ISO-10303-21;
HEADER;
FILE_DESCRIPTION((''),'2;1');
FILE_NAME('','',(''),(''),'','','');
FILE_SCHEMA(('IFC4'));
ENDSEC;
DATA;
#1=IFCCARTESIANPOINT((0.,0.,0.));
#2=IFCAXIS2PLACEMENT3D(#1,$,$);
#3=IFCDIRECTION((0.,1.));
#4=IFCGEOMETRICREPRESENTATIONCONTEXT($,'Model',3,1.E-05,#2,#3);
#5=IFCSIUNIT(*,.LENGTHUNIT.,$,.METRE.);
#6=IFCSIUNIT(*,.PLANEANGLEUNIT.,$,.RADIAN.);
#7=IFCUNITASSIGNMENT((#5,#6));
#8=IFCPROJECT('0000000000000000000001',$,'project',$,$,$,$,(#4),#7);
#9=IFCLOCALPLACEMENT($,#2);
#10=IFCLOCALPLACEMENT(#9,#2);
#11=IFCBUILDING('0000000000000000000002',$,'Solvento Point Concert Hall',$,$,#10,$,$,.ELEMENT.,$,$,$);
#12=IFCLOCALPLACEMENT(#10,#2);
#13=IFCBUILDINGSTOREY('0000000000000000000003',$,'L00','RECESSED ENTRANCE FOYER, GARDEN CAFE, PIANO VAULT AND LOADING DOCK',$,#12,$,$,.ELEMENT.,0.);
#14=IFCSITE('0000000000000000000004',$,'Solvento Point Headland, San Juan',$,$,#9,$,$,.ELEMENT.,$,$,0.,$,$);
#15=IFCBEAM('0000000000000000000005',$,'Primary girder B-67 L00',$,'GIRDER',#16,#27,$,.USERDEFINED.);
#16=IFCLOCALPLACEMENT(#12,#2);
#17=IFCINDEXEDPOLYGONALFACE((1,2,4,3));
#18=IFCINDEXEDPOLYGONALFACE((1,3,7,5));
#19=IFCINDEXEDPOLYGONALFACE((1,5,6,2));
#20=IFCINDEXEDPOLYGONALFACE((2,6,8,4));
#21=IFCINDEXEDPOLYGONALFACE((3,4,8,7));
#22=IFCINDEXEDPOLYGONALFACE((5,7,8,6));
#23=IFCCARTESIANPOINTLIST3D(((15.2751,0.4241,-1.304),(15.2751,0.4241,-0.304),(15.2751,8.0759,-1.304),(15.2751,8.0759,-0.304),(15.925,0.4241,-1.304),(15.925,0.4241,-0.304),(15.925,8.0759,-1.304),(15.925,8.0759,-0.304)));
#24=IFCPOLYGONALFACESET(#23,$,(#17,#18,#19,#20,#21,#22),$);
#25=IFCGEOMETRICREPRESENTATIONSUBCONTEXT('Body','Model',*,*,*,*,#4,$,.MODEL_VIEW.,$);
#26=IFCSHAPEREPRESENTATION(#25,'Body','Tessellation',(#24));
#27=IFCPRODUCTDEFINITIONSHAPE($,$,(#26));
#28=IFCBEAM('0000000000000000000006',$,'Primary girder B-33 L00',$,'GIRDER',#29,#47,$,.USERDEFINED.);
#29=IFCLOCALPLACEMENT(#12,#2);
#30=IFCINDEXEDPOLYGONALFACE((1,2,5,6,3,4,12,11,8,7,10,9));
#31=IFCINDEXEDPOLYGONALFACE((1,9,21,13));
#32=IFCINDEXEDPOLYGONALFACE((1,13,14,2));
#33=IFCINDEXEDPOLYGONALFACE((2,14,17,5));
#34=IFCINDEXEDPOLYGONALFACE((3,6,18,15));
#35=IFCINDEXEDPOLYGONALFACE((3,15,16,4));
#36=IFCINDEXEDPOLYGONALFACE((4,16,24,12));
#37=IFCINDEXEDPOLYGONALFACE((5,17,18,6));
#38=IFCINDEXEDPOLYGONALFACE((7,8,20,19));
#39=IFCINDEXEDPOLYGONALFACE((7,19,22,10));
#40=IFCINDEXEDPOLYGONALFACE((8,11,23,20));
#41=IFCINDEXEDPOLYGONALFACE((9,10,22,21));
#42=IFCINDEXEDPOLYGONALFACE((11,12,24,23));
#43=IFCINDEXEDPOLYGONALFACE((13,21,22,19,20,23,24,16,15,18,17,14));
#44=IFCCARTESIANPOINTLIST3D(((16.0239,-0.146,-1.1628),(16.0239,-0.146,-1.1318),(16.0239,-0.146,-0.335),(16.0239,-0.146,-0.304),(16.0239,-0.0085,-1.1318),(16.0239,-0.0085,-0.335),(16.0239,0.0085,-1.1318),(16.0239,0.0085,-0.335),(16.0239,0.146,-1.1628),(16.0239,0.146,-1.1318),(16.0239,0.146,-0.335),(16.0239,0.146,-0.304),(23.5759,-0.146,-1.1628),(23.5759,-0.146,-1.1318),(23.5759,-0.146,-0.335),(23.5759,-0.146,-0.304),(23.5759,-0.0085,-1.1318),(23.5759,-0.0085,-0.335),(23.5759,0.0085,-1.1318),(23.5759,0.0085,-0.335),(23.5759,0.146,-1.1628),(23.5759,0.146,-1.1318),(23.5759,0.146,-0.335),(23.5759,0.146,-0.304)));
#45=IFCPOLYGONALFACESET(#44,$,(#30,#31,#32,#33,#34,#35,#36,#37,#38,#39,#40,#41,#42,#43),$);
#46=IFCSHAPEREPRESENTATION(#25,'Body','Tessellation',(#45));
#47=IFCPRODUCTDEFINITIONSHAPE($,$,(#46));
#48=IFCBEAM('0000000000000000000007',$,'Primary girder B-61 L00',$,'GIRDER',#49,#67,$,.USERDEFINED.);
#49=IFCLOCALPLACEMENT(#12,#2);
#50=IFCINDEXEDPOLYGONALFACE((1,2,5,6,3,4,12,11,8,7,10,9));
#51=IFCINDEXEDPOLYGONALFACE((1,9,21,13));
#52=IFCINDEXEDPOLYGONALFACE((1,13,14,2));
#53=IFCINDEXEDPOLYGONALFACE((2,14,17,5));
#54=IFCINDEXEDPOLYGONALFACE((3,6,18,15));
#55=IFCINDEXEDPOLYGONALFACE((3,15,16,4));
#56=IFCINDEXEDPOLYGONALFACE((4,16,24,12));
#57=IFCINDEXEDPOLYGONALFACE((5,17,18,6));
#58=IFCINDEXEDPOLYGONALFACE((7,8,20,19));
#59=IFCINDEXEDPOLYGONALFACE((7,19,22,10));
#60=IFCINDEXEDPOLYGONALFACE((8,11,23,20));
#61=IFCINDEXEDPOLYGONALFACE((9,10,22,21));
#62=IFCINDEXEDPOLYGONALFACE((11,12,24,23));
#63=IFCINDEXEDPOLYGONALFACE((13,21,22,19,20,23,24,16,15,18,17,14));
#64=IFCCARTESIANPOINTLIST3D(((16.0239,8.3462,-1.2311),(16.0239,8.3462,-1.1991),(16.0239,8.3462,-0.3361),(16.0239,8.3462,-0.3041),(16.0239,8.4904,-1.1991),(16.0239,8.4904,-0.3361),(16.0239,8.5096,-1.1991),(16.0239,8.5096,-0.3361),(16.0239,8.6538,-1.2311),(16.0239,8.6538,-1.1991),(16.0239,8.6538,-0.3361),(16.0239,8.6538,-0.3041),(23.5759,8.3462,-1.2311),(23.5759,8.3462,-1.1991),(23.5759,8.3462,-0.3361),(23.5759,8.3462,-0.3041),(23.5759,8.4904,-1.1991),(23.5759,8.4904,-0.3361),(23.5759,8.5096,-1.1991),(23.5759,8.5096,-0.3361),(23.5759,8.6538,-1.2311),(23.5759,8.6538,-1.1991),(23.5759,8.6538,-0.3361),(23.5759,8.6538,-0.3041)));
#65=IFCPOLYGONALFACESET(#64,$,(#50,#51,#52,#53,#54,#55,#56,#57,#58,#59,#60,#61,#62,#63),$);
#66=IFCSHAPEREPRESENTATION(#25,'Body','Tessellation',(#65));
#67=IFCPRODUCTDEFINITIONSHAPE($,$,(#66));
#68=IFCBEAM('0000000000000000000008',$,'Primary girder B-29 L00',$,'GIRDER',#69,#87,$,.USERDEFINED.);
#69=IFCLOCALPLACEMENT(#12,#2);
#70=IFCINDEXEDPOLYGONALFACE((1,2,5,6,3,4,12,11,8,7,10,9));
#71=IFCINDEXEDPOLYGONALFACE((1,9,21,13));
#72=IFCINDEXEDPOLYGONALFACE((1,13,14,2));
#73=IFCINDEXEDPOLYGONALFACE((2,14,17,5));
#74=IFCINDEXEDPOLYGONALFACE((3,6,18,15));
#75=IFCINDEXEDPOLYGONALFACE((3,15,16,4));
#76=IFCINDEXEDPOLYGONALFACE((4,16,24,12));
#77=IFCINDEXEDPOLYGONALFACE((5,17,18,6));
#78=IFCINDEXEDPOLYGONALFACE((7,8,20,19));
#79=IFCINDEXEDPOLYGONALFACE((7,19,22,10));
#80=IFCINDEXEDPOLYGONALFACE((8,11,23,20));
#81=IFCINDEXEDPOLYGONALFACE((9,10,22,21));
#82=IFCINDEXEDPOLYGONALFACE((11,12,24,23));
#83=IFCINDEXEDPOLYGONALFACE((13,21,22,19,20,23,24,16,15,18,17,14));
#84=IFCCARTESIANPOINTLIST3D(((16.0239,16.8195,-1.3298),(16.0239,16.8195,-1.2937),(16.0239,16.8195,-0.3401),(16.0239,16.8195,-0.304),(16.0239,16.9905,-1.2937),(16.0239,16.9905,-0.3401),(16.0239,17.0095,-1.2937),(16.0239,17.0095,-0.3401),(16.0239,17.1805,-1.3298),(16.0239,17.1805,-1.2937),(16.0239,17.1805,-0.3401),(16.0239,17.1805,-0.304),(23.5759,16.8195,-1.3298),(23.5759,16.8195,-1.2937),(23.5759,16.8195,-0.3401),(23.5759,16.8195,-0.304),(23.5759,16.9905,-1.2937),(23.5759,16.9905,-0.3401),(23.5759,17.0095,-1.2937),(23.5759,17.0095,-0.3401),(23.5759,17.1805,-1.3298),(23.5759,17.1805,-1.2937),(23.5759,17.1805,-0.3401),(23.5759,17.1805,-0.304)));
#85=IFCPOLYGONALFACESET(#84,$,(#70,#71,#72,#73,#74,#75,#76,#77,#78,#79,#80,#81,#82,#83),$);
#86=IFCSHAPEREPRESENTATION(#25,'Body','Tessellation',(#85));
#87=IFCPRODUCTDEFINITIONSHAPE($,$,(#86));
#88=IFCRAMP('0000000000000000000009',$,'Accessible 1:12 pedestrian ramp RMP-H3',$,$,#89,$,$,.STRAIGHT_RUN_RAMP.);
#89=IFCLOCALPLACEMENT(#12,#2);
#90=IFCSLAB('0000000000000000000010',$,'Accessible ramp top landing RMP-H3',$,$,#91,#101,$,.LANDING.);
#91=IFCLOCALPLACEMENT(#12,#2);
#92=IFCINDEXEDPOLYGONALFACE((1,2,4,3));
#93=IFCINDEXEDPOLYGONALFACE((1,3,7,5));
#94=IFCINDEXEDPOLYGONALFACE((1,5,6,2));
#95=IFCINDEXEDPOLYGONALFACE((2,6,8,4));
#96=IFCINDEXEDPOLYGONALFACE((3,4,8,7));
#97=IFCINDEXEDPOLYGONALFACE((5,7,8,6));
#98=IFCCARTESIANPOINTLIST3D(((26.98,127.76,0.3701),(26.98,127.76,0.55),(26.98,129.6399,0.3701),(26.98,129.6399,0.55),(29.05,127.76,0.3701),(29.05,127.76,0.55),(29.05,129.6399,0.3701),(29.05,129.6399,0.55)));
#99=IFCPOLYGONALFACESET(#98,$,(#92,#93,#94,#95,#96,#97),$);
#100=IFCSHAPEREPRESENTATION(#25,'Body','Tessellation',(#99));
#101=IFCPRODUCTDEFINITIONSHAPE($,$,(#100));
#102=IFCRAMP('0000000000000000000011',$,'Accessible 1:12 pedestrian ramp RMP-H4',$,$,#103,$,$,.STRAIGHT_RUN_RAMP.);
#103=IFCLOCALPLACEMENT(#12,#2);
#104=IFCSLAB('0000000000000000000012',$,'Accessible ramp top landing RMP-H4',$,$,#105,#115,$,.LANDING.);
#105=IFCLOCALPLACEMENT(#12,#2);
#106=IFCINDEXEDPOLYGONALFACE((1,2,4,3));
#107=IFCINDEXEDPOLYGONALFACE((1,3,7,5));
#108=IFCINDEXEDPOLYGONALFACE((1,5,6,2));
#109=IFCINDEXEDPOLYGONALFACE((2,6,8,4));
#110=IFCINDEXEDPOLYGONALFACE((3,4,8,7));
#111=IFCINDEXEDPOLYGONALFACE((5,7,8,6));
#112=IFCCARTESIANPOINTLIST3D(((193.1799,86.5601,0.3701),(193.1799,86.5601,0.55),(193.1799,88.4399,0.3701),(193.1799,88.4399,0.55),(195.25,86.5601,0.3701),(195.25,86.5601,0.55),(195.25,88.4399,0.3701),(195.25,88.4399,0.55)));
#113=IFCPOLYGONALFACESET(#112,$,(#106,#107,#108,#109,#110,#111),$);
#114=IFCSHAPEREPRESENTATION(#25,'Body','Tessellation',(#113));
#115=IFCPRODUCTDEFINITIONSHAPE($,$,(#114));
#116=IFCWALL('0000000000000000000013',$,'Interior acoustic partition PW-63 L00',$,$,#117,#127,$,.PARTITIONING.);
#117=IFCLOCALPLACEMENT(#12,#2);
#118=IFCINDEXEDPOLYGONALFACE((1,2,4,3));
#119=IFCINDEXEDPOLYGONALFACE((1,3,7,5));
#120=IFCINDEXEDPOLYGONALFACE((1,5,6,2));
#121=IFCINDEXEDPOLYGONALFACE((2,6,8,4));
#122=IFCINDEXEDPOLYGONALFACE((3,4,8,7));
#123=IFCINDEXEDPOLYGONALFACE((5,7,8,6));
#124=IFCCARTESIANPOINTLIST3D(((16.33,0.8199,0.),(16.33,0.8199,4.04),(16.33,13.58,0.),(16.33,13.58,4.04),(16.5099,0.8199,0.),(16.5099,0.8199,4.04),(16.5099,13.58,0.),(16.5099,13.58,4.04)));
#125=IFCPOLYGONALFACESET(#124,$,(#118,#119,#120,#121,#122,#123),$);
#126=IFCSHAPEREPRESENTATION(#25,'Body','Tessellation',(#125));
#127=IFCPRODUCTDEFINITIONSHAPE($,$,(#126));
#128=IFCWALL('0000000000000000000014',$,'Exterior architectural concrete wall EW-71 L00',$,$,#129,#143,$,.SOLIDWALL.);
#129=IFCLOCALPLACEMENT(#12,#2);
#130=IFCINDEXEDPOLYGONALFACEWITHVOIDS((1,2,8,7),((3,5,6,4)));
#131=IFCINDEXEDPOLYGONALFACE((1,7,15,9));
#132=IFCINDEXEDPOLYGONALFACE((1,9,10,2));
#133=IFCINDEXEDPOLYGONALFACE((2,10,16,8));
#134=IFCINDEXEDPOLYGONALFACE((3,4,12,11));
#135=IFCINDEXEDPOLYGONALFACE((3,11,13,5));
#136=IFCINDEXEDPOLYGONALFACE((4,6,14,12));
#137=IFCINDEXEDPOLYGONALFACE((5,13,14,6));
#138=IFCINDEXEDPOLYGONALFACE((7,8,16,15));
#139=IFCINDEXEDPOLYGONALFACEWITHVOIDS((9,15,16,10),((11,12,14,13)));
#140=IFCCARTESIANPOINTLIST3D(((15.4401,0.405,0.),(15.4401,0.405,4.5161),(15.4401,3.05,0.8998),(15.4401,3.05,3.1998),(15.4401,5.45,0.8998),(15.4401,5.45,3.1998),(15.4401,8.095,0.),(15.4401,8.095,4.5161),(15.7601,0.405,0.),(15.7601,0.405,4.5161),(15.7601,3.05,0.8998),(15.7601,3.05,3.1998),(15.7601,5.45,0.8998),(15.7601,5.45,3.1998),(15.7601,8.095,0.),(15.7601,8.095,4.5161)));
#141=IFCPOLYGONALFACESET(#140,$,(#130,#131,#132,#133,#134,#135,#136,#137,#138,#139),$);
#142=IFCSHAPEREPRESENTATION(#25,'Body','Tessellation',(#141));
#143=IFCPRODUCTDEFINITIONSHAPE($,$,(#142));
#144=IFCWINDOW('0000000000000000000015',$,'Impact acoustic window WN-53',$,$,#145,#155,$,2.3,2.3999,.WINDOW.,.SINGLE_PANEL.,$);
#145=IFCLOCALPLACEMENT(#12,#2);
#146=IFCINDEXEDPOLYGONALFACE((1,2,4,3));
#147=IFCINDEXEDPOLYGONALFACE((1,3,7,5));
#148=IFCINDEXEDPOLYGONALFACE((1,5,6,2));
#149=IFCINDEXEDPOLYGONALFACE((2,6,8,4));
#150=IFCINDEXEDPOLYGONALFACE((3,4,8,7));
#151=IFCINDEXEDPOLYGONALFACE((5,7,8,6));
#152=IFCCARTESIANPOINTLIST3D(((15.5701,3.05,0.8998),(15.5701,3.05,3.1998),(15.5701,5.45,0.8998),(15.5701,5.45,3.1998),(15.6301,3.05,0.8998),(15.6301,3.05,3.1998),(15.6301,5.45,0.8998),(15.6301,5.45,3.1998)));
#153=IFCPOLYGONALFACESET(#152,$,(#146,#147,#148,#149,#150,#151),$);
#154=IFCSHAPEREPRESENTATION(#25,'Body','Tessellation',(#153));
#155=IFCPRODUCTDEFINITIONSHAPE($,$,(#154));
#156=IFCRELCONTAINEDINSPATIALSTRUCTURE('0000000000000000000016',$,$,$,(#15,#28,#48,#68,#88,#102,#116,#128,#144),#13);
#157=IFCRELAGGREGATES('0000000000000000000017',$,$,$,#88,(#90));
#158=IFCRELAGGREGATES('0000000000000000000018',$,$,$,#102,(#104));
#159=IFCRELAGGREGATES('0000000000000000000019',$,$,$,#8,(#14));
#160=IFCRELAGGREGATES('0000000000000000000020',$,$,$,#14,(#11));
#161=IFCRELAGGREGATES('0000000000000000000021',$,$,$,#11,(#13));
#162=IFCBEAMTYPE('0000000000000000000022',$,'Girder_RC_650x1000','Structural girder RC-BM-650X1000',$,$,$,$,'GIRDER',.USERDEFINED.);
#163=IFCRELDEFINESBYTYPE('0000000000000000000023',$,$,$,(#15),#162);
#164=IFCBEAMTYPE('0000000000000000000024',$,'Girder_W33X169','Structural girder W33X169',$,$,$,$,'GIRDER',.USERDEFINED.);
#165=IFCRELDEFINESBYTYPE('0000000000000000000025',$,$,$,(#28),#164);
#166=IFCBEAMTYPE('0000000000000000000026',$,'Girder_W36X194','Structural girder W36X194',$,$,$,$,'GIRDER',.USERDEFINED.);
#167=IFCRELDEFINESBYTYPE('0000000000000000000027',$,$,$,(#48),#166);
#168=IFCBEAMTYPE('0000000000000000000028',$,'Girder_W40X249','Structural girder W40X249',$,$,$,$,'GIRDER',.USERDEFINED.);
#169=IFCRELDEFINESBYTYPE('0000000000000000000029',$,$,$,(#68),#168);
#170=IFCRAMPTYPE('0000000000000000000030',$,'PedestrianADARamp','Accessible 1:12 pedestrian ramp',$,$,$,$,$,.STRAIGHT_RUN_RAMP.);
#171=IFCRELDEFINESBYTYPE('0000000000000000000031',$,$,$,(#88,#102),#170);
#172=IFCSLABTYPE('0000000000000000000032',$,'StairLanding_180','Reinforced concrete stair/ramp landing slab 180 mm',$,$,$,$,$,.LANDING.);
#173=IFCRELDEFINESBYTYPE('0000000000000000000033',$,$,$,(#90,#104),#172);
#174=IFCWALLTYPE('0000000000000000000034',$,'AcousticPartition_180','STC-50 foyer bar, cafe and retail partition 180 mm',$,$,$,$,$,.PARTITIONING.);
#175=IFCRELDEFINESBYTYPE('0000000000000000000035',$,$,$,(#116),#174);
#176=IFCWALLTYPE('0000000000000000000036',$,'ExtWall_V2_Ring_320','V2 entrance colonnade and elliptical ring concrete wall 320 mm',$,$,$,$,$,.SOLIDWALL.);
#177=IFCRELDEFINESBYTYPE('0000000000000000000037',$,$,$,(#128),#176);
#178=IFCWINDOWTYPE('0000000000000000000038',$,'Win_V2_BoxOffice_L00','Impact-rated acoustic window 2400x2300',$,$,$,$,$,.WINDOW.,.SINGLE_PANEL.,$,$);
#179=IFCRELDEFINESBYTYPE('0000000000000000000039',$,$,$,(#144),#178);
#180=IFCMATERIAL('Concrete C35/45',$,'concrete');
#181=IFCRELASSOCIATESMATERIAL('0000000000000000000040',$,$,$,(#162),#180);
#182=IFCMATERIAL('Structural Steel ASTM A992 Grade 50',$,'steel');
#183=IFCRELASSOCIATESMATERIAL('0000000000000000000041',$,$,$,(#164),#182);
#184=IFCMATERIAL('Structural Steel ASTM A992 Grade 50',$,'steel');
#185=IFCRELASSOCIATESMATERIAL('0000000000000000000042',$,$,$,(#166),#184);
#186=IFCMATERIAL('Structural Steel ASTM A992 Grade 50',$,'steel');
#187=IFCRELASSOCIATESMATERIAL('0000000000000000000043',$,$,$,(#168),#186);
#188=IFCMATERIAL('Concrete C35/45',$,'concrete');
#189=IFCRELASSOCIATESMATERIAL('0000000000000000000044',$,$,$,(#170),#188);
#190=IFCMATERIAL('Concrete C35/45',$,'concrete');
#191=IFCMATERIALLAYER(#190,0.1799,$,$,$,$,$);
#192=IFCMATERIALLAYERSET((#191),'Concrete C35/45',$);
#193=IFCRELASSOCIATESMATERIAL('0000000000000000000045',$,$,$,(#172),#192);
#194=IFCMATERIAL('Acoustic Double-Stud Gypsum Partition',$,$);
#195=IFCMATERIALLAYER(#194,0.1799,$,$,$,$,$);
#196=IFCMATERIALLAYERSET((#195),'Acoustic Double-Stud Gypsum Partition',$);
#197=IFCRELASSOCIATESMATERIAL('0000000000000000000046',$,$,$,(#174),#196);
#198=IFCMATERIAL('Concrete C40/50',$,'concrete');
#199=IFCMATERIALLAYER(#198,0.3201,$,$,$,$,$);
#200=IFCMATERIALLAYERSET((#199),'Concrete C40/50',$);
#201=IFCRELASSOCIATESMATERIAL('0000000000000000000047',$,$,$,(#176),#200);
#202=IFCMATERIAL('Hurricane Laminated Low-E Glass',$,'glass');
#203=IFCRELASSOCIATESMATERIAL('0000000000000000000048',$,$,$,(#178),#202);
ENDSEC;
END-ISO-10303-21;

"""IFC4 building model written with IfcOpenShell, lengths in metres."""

from ifc_helpers import new_model, si_unit, direction, frame, frame_2d, origin, origin_2d, place, context, subcontext, project, spatial, polyline, rectangle, i_section, outline, extrude, material, layer, layer_set, material_profile, profile_set, type_object, element, fill, aggregate, save


model = new_model("IFC4")

# Units and contexts
model_context = context("Model", 3, precision=1e-05, world=origin(), true_north=direction((0.0, 1.0)))
body_context = subcontext(model_context, "Body", "Model", "MODEL_VIEW")
ifc_project = project(units=[si_unit("LENGTHUNIT", "METRE"), si_unit("PLANEANGLEUNIT", "RADIAN")], contexts=[model_context])

# Site, building, storey
site_placement = place(None, origin())
site = spatial("IfcSite", under=ifc_project, at=site_placement, Name="Solvento Point Headland, San Juan", CompositionType="ELEMENT", RefElevation=0.0)
building_placement = place(site_placement, origin())
building = spatial("IfcBuilding", under=site, at=building_placement, Name="Solvento Point Concert Hall", CompositionType="ELEMENT")
storey_placement = place(building_placement, origin())
storey = spatial("IfcBuildingStorey", under=building, at=storey_placement, Name="L00", Description="RECESSED ENTRANCE FOYER, GARDEN CAFE, PIANO VAULT AND LOADING DOCK", CompositionType="ELEMENT", Elevation=0.0)

# Beams
ifc_material_1 = material(Name="Concrete C35/45", Category="concrete")
ifc_material_profile_1 = material_profile(ifc_material_1, rectangle(XDim=0.6499, YDim=1.0, at=origin_2d()), Name="RC-BM-650X1000")
ifc_profile_set_1 = profile_set([ifc_material_profile_1], Name="Concrete C35/45")
beam_type_1 = type_object("IfcBeamType", Name="Girder_RC_650x1000", Description="Structural girder RC-BM-650X1000", ElementType="GIRDER", PredefinedType="USERDEFINED", material=ifc_profile_set_1)
beam_1_placement = place(storey_placement, frame((15.6001, 0.4241, -0.804), z_axis=(0.0, 1.0, 0.0), x_axis=(-1.0, 0.0, 0.0)))
element("IfcBeam", 1, at=beam_1_placement, inside=storey, type_object=beam_type_1, Name="Primary girder B-67 L00", ObjectType="GIRDER", PredefinedType="USERDEFINED", context=body_context, shape_type="SweptSolid", body=[
    extrude(rectangle(XDim=0.6499, YDim=1.0, at=origin_2d()), origin(), (0.0, 0.0, 1.0), 7.6519),
])
ifc_material_2 = material(Name="Structural Steel ASTM A992 Grade 50", Category="steel")
ifc_material_profile_2 = material_profile(ifc_material_2, i_section(OverallWidth=0.292, OverallDepth=0.8589, WebThickness=0.0171, FlangeThickness=0.031, at=origin_2d()), Name="W33X169")
ifc_profile_set_2 = profile_set([ifc_material_profile_2], Name="Structural Steel ASTM A992 Grade 50")
beam_type_2 = type_object("IfcBeamType", Name="Girder_W33X169", Description="Structural girder W33X169", ElementType="GIRDER", PredefinedType="USERDEFINED", material=ifc_profile_set_2)
beam_2_placement = place(storey_placement, frame((16.0239, 0.0, -0.7334), z_axis=(1.0, 0.0, 0.0), x_axis=(0.0, 1.0, 0.0)))
element("IfcBeam", 2, at=beam_2_placement, inside=storey, type_object=beam_type_2, Name="Primary girder B-33 L00", ObjectType="GIRDER", PredefinedType="USERDEFINED", context=body_context, shape_type="SweptSolid", body=[
    extrude(i_section(OverallWidth=0.292, OverallDepth=0.8589, WebThickness=0.0171, FlangeThickness=0.031, at=origin_2d()), origin(), (0.0, 0.0, 1.0), 7.552),
])
ifc_material_3 = material(Name="Structural Steel ASTM A992 Grade 50", Category="steel")
ifc_material_profile_3 = material_profile(ifc_material_3, i_section(OverallWidth=0.3076, OverallDepth=0.927, WebThickness=0.0193, FlangeThickness=0.032, at=origin_2d()), Name="W36X194")
ifc_profile_set_3 = profile_set([ifc_material_profile_3], Name="Structural Steel ASTM A992 Grade 50")
beam_type_3 = type_object("IfcBeamType", Name="Girder_W36X194", Description="Structural girder W36X194", ElementType="GIRDER", PredefinedType="USERDEFINED", material=ifc_profile_set_3)
beam_3_placement = place(storey_placement, frame((16.0239, 8.5, -0.7676), z_axis=(1.0, 0.0, 0.0), x_axis=(0.0, 1.0, 0.0)))
element("IfcBeam", 3, at=beam_3_placement, inside=storey, type_object=beam_type_3, Name="Primary girder B-61 L00", ObjectType="GIRDER", PredefinedType="USERDEFINED", context=body_context, shape_type="SweptSolid", body=[
    extrude(i_section(OverallWidth=0.3076, OverallDepth=0.927, WebThickness=0.0193, FlangeThickness=0.032, at=origin_2d()), origin(), (0.0, 0.0, 1.0), 7.552),
])
ifc_material_4 = material(Name="Structural Steel ASTM A992 Grade 50", Category="steel")
ifc_material_profile_4 = material_profile(ifc_material_4, i_section(OverallWidth=0.3611, OverallDepth=1.0259, WebThickness=0.019, FlangeThickness=0.0361, at=origin_2d()), Name="W40X249")
ifc_profile_set_4 = profile_set([ifc_material_profile_4], Name="Structural Steel ASTM A992 Grade 50")
beam_type_4 = type_object("IfcBeamType", Name="Girder_W40X249", Description="Structural girder W40X249", ElementType="GIRDER", PredefinedType="USERDEFINED", material=ifc_profile_set_4)
beam_4_placement = place(storey_placement, frame((16.0239, 17.0, -0.8169), z_axis=(1.0, 0.0, 0.0), x_axis=(0.0, 1.0, 0.0)))
element("IfcBeam", 4, at=beam_4_placement, inside=storey, type_object=beam_type_4, Name="Primary girder B-29 L00", ObjectType="GIRDER", PredefinedType="USERDEFINED", context=body_context, shape_type="SweptSolid", body=[
    extrude(i_section(OverallWidth=0.3611, OverallDepth=1.0259, WebThickness=0.019, FlangeThickness=0.0361, at=origin_2d()), origin(), (0.0, 0.0, 1.0), 7.552),
])

# Ramps, slabs
ifc_material_5 = material(Name="Concrete C35/45", Category="concrete")
ramp_type = type_object("IfcRampType", Name="PedestrianADARamp", Description="Accessible 1:12 pedestrian ramp", PredefinedType="STRAIGHT_RUN_RAMP", material=ifc_material_5)
ramp_1_placement = place(storey_placement, origin())
ramp_1 = element("IfcRamp", 5, at=ramp_1_placement, inside=storey, type_object=ramp_type, Name="Accessible 1:12 pedestrian ramp RMP-H3", PredefinedType="STRAIGHT_RUN_RAMP")
ifc_material_6 = material(Name="Concrete C35/45", Category="concrete")
ifc_layer_1 = layer(ifc_material_6, 0.1799)
ifc_layer_set_1 = layer_set([ifc_layer_1], Name="Concrete C35/45")
slab_type = type_object("IfcSlabType", Name="StairLanding_180", Description="Reinforced concrete stair/ramp landing slab 180 mm", PredefinedType="LANDING", material=ifc_layer_set_1)
slab_1_placement = place(storey_placement, frame((0.0, 0.0, 0.3701)))
slab_1 = element("IfcSlab", 6, at=slab_1_placement, type_object=slab_type, Name="Accessible ramp top landing RMP-H3", PredefinedType="LANDING", context=body_context, shape_type="SweptSolid", body=[
    extrude(outline(polyline([(26.98, 127.76), (29.05, 127.76), (29.05, 129.6399), (26.98, 129.6399), (26.98, 127.76)])), origin(), (0.0, 0.0, 1.0), 0.1799),
])
aggregate(ramp_1, [slab_1])
ramp_2_placement = place(storey_placement, origin())
ramp_2 = element("IfcRamp", 7, at=ramp_2_placement, inside=storey, type_object=ramp_type, Name="Accessible 1:12 pedestrian ramp RMP-H4", PredefinedType="STRAIGHT_RUN_RAMP")
slab_2_placement = place(storey_placement, frame((0.0, 0.0, 0.3701)))
slab_2 = element("IfcSlab", 8, at=slab_2_placement, type_object=slab_type, Name="Accessible ramp top landing RMP-H4", PredefinedType="LANDING", context=body_context, shape_type="SweptSolid", body=[
    extrude(outline(polyline([(193.1799, 86.5601), (195.25, 86.5601), (195.25, 88.4399), (193.1799, 88.4399), (193.1799, 86.5601)])), origin(), (0.0, 0.0, 1.0), 0.1799),
])
aggregate(ramp_2, [slab_2])

# Wall
ifc_material_7 = material(Name="Acoustic Double-Stud Gypsum Partition")
ifc_layer_2 = layer(ifc_material_7, 0.1799)
ifc_layer_set_2 = layer_set([ifc_layer_2], Name="Acoustic Double-Stud Gypsum Partition")
wall_type_1 = type_object("IfcWallType", Name="AcousticPartition_180", Description="STC-50 foyer bar, cafe and retail partition 180 mm", PredefinedType="PARTITIONING", material=ifc_layer_set_2)
wall_1_placement = place(storey_placement, frame((16.4199, 0.8201, 0.0), z_axis=(0.0, 0.0, 1.0), x_axis=(0.0, 1.0, 0.0)))
element("IfcWall", 9, at=wall_1_placement, inside=storey, type_object=wall_type_1, Name="Interior acoustic partition PW-63 L00", PredefinedType="PARTITIONING", context=body_context, shape_type="SweptSolid", body=[
    extrude(rectangle(XDim=12.76, YDim=0.1799, at=frame_2d((6.3799, 0.0))), origin(), (0.0, 0.0, 1.0), 4.04),
])

# Wall, opening, window
ifc_material_8 = material(Name="Concrete C40/50", Category="concrete")
ifc_layer_3 = layer(ifc_material_8, 0.3201)
ifc_layer_set_3 = layer_set([ifc_layer_3], Name="Concrete C40/50")
wall_type_2 = type_object("IfcWallType", Name="ExtWall_V2_Ring_320", Description="V2 entrance colonnade and elliptical ring concrete wall 320 mm", PredefinedType="SOLIDWALL", material=ifc_layer_set_3)
wall_2_placement = place(storey_placement, frame((15.6001, 0.405, 0.0), z_axis=(0.0, 0.0, 1.0), x_axis=(0.0, 1.0, 0.0)))
wall_2 = element("IfcWall", 10, at=wall_2_placement, inside=storey, type_object=wall_type_2, Name="Exterior architectural concrete wall EW-71 L00", PredefinedType="SOLIDWALL", context=body_context, shape_type="SweptSolid", body=[
    extrude(rectangle(XDim=7.6899, YDim=0.3201, at=frame_2d((3.845, 0.0))), origin(), (0.0, 0.0, 1.0), 4.5161),
])
opening_1_placement = place(wall_2_placement, frame((2.645, 0.0, 0.8999)))
opening_1 = element("IfcOpeningElement", 11, at=opening_1_placement, cuts=wall_2, PredefinedType="OPENING", context=body_context, shape_type="SweptSolid", body=[
    extrude(rectangle(XDim=2.3999, YDim=2.3, at=frame_2d((1.2, 1.1499))), frame((0.0, 0.1699, 0.0), z_axis=(0.0, -1.0, 0.0), x_axis=(1.0, 0.0, 0.0)), (0.0, 0.0, 1.0), 0.3401),
])
ifc_material_9 = material(Name="Hurricane Laminated Low-E Glass", Category="glass")
window_type = type_object("IfcWindowType", Name="Win_V2_BoxOffice_L00", Description="Impact-rated acoustic window 2400x2300", PartitioningType="SINGLE_PANEL", PredefinedType="WINDOW", material=ifc_material_9)
window_1_placement = place(opening_1_placement, origin())
window_1 = element("IfcWindow", 12, at=window_1_placement, inside=storey, type_object=window_type, Name="Impact acoustic window WN-53", OverallHeight=2.3, OverallWidth=2.3999, PartitioningType="SINGLE_PANEL", PredefinedType="WINDOW", context=body_context, shape_type="SweptSolid", body=[
    extrude(rectangle(XDim=2.3999, YDim=2.3, at=frame_2d((1.2, 1.1499))), frame((0.0, 0.03, 0.0), z_axis=(0.0, -1.0, 0.0), x_axis=(1.0, 0.0, 0.0)), (0.0, 0.0, 1.0), 0.0601),
])
fill(opening_1, window_1)

save(model, "model.ifc")
